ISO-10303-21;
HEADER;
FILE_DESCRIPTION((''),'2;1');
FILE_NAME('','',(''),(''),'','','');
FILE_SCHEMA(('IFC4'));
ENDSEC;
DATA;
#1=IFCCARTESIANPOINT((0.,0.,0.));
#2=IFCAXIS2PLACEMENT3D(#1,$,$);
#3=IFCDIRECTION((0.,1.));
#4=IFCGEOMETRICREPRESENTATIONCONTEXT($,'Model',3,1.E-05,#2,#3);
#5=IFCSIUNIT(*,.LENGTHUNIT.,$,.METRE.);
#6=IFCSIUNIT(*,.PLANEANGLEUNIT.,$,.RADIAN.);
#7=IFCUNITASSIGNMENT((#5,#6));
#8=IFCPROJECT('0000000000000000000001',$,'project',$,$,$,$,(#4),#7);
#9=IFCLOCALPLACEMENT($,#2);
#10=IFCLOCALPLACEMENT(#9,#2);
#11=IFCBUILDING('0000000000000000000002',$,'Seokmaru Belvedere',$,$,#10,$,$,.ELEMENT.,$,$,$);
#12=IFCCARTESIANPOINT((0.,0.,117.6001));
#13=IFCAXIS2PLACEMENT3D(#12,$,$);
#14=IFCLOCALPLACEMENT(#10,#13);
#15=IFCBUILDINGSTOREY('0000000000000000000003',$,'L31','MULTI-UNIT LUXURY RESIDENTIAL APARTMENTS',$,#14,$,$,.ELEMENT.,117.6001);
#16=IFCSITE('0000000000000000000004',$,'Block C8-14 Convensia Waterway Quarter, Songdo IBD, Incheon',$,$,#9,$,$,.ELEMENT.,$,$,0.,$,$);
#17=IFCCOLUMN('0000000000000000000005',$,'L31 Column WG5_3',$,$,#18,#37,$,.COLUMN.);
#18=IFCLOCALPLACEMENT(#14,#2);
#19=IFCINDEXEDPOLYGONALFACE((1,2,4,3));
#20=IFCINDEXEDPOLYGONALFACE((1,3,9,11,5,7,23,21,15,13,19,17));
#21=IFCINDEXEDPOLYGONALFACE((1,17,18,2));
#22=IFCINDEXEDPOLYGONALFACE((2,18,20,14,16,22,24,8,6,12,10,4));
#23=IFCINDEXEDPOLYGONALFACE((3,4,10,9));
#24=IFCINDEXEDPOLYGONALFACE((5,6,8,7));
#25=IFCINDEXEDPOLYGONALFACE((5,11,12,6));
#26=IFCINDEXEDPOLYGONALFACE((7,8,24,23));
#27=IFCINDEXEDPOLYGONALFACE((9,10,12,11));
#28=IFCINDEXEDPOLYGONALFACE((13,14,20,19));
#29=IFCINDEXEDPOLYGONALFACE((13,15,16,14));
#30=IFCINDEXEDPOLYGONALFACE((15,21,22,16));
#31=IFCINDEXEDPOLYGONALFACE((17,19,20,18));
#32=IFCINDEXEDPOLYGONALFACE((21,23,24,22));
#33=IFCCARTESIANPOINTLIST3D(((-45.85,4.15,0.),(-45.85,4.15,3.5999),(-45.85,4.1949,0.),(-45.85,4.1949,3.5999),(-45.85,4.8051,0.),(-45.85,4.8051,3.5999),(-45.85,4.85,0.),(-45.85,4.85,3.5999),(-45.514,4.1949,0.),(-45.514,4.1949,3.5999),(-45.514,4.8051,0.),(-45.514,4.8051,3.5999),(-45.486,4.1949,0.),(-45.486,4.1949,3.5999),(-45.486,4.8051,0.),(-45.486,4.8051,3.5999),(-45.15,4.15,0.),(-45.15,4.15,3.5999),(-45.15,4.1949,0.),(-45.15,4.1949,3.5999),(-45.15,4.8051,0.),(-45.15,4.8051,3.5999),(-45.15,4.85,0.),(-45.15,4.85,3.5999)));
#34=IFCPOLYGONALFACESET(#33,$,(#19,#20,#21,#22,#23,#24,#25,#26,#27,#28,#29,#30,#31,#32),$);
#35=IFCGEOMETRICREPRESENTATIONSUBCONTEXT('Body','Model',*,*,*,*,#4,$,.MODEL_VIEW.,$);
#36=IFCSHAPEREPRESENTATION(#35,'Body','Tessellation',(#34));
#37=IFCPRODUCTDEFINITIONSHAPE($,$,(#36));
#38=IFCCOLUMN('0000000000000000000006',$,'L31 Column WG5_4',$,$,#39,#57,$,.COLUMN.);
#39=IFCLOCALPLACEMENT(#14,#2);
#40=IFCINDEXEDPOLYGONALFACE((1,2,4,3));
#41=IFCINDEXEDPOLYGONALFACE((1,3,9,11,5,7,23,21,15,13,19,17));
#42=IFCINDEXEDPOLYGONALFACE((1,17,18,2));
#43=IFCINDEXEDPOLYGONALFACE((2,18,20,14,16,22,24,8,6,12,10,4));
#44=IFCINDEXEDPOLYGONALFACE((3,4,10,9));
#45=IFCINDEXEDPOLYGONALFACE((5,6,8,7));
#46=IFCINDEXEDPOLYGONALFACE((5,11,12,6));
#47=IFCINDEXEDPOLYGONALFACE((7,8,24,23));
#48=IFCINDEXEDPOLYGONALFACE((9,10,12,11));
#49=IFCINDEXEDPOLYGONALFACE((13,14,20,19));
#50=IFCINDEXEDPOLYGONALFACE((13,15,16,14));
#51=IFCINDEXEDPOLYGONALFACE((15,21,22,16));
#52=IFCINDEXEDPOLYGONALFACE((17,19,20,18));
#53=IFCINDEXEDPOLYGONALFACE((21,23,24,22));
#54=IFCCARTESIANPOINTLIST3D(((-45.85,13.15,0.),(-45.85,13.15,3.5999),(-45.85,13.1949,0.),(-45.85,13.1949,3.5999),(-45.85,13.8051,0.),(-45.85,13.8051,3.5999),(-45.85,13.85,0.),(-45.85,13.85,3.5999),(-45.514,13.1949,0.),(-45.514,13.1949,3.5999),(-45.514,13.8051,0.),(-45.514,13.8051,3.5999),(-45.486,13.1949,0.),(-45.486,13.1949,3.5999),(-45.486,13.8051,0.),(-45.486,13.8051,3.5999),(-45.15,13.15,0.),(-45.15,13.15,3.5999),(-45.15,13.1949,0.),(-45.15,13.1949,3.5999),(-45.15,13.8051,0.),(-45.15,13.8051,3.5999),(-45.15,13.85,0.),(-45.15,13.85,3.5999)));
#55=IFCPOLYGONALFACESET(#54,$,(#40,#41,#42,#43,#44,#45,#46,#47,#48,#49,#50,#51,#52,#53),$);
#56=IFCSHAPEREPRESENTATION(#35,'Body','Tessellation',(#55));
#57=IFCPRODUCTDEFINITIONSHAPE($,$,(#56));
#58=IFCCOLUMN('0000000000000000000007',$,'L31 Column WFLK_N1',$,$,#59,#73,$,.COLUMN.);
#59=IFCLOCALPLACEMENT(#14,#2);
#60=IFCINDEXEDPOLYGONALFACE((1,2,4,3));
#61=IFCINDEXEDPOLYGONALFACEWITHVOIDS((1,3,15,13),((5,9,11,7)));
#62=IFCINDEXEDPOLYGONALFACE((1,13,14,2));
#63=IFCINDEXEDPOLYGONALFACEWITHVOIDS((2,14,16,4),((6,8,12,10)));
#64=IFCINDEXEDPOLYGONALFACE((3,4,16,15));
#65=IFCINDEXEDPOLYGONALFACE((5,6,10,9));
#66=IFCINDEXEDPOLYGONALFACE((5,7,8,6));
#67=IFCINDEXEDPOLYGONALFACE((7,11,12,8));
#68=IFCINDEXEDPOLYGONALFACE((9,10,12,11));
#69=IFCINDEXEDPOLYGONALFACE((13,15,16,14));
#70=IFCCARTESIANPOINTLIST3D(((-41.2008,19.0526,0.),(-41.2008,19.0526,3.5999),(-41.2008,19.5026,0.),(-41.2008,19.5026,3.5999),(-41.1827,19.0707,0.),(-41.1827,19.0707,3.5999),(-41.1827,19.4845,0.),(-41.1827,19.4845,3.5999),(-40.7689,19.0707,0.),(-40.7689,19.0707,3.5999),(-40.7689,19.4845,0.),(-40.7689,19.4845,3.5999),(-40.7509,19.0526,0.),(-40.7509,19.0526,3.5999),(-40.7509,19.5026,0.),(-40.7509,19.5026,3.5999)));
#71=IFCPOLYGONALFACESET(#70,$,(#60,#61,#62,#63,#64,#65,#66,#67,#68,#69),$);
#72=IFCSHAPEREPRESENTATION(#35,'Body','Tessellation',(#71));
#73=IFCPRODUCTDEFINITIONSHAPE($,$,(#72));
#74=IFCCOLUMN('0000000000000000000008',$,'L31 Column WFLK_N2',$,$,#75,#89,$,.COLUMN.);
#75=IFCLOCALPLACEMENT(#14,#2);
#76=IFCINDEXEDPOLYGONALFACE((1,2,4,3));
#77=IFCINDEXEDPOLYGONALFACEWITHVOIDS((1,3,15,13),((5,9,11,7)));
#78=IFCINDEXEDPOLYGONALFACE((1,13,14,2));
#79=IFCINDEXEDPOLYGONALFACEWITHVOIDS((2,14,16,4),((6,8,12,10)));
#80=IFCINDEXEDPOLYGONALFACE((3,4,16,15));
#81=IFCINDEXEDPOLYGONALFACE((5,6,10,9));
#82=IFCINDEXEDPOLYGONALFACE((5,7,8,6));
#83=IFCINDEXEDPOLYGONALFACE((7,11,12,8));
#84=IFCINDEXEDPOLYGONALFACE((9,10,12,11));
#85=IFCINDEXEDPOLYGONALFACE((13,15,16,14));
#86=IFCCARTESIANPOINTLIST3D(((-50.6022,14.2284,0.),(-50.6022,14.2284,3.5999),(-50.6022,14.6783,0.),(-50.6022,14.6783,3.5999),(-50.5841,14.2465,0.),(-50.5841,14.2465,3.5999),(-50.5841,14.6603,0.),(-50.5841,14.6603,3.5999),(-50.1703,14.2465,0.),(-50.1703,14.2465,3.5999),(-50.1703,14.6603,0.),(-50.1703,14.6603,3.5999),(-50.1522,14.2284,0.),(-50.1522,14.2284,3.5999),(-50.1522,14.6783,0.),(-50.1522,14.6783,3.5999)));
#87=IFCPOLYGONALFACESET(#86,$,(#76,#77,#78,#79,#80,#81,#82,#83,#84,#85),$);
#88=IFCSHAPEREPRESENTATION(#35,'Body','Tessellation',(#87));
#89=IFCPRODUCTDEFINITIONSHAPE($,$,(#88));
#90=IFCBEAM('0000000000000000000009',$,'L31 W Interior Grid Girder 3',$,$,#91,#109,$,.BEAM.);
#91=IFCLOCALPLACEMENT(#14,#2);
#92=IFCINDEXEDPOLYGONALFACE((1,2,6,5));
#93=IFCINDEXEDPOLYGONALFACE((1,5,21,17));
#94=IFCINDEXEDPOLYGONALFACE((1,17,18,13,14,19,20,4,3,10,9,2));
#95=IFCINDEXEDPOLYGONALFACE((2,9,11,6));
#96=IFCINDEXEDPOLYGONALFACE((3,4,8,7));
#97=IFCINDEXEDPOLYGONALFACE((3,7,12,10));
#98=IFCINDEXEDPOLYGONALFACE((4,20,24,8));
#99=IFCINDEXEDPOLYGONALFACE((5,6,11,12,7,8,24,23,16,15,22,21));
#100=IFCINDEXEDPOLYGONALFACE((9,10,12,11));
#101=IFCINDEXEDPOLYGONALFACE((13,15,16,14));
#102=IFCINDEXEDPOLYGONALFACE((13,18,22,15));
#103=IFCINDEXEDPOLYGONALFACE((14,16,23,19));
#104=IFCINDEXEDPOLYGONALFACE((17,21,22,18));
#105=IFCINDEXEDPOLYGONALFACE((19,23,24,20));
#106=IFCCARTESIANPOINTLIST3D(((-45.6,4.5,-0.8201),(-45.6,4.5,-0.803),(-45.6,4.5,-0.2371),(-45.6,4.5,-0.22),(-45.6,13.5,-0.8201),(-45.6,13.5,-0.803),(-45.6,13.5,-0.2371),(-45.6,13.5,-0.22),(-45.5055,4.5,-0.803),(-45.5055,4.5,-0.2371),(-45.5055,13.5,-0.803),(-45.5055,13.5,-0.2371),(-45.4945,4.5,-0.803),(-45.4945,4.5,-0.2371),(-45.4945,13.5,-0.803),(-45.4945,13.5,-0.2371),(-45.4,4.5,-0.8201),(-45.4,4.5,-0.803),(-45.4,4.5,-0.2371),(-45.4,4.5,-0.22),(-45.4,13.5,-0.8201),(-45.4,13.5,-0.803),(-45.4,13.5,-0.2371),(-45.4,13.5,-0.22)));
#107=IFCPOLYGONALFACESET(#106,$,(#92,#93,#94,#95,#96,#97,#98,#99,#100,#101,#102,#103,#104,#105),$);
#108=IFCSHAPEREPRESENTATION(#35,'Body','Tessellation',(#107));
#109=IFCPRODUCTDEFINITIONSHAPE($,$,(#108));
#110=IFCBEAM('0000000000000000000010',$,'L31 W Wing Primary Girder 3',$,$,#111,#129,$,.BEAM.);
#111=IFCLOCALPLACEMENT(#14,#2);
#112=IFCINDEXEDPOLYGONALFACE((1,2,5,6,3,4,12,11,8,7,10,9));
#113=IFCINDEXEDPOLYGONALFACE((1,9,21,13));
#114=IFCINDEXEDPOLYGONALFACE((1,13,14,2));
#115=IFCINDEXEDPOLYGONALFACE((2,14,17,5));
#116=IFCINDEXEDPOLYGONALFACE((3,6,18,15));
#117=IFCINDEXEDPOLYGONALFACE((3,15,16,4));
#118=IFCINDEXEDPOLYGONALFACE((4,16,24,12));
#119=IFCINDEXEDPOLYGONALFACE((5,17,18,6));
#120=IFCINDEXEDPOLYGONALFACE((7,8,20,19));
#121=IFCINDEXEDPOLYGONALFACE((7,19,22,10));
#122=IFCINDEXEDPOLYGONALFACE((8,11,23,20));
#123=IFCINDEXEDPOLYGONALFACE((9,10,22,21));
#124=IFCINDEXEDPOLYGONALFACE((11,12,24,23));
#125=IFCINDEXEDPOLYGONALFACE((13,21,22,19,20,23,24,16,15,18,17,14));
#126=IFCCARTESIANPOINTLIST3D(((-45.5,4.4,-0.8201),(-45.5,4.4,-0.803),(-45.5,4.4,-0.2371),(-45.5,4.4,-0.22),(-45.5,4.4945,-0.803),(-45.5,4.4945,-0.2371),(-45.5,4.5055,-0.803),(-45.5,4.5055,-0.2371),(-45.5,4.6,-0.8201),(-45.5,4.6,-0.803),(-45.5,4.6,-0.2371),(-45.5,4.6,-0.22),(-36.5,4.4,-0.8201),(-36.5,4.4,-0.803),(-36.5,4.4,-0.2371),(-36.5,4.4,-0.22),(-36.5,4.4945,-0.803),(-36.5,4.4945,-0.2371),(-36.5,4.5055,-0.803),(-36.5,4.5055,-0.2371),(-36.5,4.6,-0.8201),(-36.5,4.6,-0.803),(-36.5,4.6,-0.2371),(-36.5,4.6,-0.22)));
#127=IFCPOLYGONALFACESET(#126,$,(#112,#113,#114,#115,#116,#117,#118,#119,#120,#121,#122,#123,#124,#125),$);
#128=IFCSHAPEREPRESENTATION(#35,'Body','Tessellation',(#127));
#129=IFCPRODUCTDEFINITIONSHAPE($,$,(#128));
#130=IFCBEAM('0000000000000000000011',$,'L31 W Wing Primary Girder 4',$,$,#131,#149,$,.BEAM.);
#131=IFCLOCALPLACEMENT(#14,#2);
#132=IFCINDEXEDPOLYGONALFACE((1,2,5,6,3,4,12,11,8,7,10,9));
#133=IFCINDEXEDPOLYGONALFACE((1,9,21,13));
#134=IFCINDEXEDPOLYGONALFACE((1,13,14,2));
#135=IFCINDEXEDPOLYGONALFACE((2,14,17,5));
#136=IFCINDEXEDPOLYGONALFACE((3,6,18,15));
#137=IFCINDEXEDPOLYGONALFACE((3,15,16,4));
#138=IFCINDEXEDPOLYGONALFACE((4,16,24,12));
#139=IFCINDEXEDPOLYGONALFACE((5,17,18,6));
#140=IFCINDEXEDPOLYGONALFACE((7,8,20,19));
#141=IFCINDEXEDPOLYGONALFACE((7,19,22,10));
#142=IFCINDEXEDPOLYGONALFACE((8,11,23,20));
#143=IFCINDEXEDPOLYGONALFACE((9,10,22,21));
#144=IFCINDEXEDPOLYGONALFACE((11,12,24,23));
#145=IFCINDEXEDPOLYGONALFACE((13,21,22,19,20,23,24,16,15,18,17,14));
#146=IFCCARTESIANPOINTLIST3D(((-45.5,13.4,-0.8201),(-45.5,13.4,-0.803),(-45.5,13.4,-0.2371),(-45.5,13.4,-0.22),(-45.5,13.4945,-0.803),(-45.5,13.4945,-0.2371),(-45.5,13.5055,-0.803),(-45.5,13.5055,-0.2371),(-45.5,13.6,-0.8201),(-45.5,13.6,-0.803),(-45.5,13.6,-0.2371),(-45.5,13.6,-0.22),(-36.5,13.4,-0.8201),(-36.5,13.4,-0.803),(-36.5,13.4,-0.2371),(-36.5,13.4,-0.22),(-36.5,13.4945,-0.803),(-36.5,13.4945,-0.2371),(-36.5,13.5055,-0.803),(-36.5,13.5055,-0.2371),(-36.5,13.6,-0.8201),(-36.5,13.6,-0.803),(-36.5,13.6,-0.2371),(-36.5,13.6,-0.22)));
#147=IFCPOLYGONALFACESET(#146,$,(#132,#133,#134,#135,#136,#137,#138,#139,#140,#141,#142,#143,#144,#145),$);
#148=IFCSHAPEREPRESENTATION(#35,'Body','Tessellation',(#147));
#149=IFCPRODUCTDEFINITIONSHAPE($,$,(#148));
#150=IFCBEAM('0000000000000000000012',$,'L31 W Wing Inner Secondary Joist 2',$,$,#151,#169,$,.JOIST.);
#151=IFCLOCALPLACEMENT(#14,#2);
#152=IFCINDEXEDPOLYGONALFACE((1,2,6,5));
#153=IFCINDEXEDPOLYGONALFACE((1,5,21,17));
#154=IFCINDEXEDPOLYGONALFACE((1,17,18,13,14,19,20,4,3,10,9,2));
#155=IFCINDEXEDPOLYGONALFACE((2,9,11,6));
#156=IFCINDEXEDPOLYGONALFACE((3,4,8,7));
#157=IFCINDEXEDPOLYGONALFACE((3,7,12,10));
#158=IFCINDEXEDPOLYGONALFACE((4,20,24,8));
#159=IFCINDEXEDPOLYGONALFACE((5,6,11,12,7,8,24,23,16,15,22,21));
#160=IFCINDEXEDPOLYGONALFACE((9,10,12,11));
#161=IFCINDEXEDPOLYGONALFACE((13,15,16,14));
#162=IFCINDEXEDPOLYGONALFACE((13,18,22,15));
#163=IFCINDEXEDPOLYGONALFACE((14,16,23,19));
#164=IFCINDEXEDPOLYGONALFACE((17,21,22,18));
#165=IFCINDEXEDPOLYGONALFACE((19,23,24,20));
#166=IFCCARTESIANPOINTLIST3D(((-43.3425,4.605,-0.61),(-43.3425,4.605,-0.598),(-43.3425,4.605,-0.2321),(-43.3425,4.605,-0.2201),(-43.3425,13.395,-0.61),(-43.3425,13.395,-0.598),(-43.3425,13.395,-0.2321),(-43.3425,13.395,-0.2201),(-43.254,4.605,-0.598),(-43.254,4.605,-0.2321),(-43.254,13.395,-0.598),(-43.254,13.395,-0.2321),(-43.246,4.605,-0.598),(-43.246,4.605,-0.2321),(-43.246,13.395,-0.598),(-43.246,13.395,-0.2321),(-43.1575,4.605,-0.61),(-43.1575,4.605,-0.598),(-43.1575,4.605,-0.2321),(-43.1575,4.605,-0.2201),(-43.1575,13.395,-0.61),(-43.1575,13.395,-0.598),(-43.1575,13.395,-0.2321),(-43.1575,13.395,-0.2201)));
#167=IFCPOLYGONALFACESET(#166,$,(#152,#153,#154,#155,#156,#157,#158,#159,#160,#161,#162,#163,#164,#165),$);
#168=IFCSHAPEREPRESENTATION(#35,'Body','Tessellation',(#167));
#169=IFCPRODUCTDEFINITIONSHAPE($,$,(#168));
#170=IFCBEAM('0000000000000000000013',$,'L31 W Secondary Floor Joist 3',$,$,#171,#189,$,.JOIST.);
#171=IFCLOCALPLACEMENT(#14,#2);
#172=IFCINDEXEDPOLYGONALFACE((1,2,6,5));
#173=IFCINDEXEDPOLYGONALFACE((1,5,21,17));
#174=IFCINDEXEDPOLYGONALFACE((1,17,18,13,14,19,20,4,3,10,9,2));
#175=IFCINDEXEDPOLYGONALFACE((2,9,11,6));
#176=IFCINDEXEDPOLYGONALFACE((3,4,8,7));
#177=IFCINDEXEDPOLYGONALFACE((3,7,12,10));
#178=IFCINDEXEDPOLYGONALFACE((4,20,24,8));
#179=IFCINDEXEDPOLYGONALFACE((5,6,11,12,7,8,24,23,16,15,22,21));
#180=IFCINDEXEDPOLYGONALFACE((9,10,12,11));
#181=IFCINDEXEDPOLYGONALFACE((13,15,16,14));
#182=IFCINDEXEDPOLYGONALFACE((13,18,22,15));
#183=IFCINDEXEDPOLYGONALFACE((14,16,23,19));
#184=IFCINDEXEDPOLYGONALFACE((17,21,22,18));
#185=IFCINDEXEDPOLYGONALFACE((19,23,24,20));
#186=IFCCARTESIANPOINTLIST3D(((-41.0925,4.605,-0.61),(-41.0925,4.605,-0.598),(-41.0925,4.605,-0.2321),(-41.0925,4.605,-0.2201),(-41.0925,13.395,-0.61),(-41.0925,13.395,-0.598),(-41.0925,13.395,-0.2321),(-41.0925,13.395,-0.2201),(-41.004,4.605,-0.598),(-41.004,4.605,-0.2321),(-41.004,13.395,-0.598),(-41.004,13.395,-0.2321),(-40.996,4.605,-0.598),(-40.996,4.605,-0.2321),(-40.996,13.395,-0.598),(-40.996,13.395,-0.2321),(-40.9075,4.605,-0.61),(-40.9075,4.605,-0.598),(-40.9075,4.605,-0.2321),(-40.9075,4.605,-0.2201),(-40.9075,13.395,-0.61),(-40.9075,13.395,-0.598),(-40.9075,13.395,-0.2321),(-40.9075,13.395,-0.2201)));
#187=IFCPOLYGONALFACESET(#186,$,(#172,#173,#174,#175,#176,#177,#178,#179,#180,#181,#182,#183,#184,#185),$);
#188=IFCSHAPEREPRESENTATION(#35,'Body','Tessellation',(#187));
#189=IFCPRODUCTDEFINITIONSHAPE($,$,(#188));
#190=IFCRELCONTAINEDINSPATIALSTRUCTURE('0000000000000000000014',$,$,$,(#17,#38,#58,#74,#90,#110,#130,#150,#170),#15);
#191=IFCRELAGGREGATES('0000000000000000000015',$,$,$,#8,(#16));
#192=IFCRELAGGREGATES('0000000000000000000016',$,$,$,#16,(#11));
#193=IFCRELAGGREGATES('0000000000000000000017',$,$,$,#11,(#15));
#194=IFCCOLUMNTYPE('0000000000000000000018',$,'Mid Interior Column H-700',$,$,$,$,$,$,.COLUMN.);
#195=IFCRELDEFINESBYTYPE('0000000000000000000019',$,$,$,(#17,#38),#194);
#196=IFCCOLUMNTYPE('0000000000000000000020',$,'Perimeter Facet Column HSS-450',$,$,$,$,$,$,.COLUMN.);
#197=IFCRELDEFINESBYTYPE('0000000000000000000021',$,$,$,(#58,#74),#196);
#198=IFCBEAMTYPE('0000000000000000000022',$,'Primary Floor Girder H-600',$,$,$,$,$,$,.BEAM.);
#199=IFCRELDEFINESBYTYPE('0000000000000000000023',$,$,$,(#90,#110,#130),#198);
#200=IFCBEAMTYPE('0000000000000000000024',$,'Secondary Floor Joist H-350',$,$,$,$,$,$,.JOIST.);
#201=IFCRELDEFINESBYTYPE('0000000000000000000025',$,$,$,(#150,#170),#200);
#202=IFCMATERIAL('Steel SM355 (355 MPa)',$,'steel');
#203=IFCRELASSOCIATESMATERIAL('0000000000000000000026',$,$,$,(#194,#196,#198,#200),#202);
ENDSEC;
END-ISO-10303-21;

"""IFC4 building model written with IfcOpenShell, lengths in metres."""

from ifc_helpers import new_model, si_unit, direction, frame, origin, origin_2d, place, context, subcontext, project, spatial, hollow_rectangle, i_section, extrude, source, transform, mapped, material, material_profile, profile_set, type_object, type_shapes, element, save


model = new_model("IFC4")

# Units and contexts
model_context = context("Model", 3, precision=1e-05, world=origin(), true_north=direction((0.0, 1.0)))
body_context = subcontext(model_context, "Body", "Model", "MODEL_VIEW")
ifc_project = project(units=[si_unit("LENGTHUNIT", "METRE"), si_unit("PLANEANGLEUNIT", "RADIAN")], contexts=[model_context])

# Site, building, storey
site_placement = place(None, origin())
site = spatial("IfcSite", under=ifc_project, at=site_placement, Name="Block C8-14 Convensia Waterway Quarter, Songdo IBD, Incheon", CompositionType="ELEMENT", RefElevation=0.0)
building_placement = place(site_placement, origin())
building = spatial("IfcBuilding", under=site, at=building_placement, Name="Seokmaru Belvedere", CompositionType="ELEMENT")
storey_placement = place(building_placement, frame((0.0, 0.0, 117.6001)))
storey = spatial("IfcBuildingStorey", under=building, at=storey_placement, Name="L31", Description="MULTI-UNIT LUXURY RESIDENTIAL APARTMENTS", CompositionType="ELEMENT", Elevation=117.6001)

# Columns
ifc_material_1 = material(Name="Steel SM355 (355 MPa)", Category="steel")
ifc_material_profile_1 = material_profile(ifc_material_1, i_section(OverallWidth=0.7, OverallDepth=0.7, WebThickness=0.0281, FlangeThickness=0.0449, at=origin_2d()), Name="H-700x700x28x45")
ifc_profile_set_1 = profile_set([ifc_material_profile_1], Name="Steel SM355 (355 MPa)")
column_type_1 = type_object("IfcColumnType", Name="Mid Interior Column H-700", PredefinedType="COLUMN", material=ifc_profile_set_1)
shared_shape_1 = source(origin(), body_context, "Body", "SweptSolid", [
    extrude(i_section(OverallWidth=0.7, OverallDepth=0.7, WebThickness=0.0281, FlangeThickness=0.0449, at=origin_2d()), origin(), (0.0, 0.0, 1.0), 3.5999),
])
type_shapes(column_type_1, [shared_shape_1])
for number, where, z_axis, x_axis, name in (
    (1, (-45.5, 4.5, 0.0), (0.0, 0.0, 1.0), (1.0, 0.0, 0.0), "L31 Column WG5_3"),
    (2, (-45.5, 13.5, 0.0), (0.0, 0.0, 1.0), (1.0, 0.0, 0.0), "L31 Column WG5_4"),
):
    element("IfcColumn", number, at=place(storey_placement, frame(where, z_axis=z_axis, x_axis=x_axis)), inside=storey, type_object=column_type_1, Name=name, PredefinedType="COLUMN", context=body_context, shape_type="MappedRepresentation", body=[
        mapped(shared_shape_1, transform((0.0, 0.0, 0.0), scale=1.0)),
    ])
ifc_material_profile_2 = material_profile(ifc_material_1, hollow_rectangle(XDim=0.45, YDim=0.45, WallThickness=0.0181, at=origin_2d()), Name="HSS-450x450x18")
ifc_profile_set_2 = profile_set([ifc_material_profile_2], Name="Steel SM355 (355 MPa)")
column_type_2 = type_object("IfcColumnType", Name="Perimeter Facet Column HSS-450", PredefinedType="COLUMN", material=ifc_profile_set_2)
shared_shape_2 = source(origin(), body_context, "Body", "SweptSolid", [
    extrude(hollow_rectangle(XDim=0.45, YDim=0.45, WallThickness=0.0181, at=origin_2d()), origin(), (0.0, 0.0, 1.0), 3.5999),
])
type_shapes(column_type_2, [shared_shape_2])
for number, where, z_axis, x_axis, name in (
    (3, (-40.9758, 19.2776, 0.0), (0.0, 0.0, 1.0), (1.0, 0.0, 0.0), "L31 Column WFLK_N1"),
    (4, (-50.3772, 14.4534, 0.0), (0.0, 0.0, 1.0), (1.0, 0.0, 0.0), "L31 Column WFLK_N2"),
):
    element("IfcColumn", number, at=place(storey_placement, frame(where, z_axis=z_axis, x_axis=x_axis)), inside=storey, type_object=column_type_2, Name=name, PredefinedType="COLUMN", context=body_context, shape_type="MappedRepresentation", body=[
        mapped(shared_shape_2, transform((0.0, 0.0, 0.0), scale=1.0)),
    ])

# Beams
ifc_material_profile_3 = material_profile(ifc_material_1, i_section(OverallWidth=0.2, OverallDepth=0.6001, WebThickness=0.011, FlangeThickness=0.0171, at=origin_2d()), Name="H-600x200x11x17")
ifc_profile_set_3 = profile_set([ifc_material_profile_3], Name="Steel SM355 (355 MPa)")
beam_type_1 = type_object("IfcBeamType", Name="Primary Floor Girder H-600", PredefinedType="BEAM", material=ifc_profile_set_3)
shared_shape_3 = source(origin(), body_context, "Body", "SweptSolid", [
    extrude(i_section(OverallWidth=0.2, OverallDepth=0.6001, WebThickness=0.011, FlangeThickness=0.0171, at=origin_2d()), origin(), (0.0, 0.0, 1.0), 9.0),
])
for number, where, z_axis, x_axis, name in (
    (5, (-45.5, 4.5, -0.52), (0.0, 1.0, 0.0), (-1.0, 0.0, 0.0), "L31 W Interior Grid Girder 3"),
    (6, (-45.5, 4.5, -0.52), (1.0, 0.0, 0.0), (0.0, 1.0, 0.0), "L31 W Wing Primary Girder 3"),
    (7, (-45.5, 13.5, -0.52), (1.0, 0.0, 0.0), (0.0, 1.0, 0.0), "L31 W Wing Primary Girder 4"),
):
    element("IfcBeam", number, at=place(storey_placement, frame(where, z_axis=z_axis, x_axis=x_axis)), inside=storey, type_object=beam_type_1, Name=name, PredefinedType="BEAM", context=body_context, shape_type="MappedRepresentation", body=[
        mapped(shared_shape_3, transform((0.0, 0.0, 0.0), scale=1.0)),
    ])
ifc_material_profile_4 = material_profile(ifc_material_1, i_section(OverallWidth=0.1851, OverallDepth=0.3899, WebThickness=0.0081, FlangeThickness=0.012, at=origin_2d()), Name="H-390x185x8x12")
ifc_profile_set_4 = profile_set([ifc_material_profile_4], Name="Steel SM355 (355 MPa)")
beam_type_2 = type_object("IfcBeamType", Name="Secondary Floor Joist H-350", PredefinedType="JOIST", material=ifc_profile_set_4)
shared_shape_4 = source(origin(), body_context, "Body", "SweptSolid", [
    extrude(i_section(OverallWidth=0.1851, OverallDepth=0.3899, WebThickness=0.0081, FlangeThickness=0.012, at=origin_2d()), origin(), (0.0, 0.0, 1.0), 8.79),
])
type_shapes(beam_type_2, [shared_shape_4])
for number, where, z_axis, x_axis, name in (
    (8, (-43.25, 4.605, -0.415), (0.0, 1.0, 0.0), (-1.0, 0.0, 0.0), "L31 W Wing Inner Secondary Joist 2"),
    (9, (-41.0, 4.605, -0.415), (0.0, 1.0, 0.0), (-1.0, 0.0, 0.0), "L31 W Secondary Floor Joist 3"),
):
    element("IfcBeam", number, at=place(storey_placement, frame(where, z_axis=z_axis, x_axis=x_axis)), inside=storey, type_object=beam_type_2, Name=name, PredefinedType="JOIST", context=body_context, shape_type="MappedRepresentation", body=[
        mapped(shared_shape_4, transform((0.0, 0.0, 0.0), scale=1.0)),
    ])

save(model, "model.ifc")
